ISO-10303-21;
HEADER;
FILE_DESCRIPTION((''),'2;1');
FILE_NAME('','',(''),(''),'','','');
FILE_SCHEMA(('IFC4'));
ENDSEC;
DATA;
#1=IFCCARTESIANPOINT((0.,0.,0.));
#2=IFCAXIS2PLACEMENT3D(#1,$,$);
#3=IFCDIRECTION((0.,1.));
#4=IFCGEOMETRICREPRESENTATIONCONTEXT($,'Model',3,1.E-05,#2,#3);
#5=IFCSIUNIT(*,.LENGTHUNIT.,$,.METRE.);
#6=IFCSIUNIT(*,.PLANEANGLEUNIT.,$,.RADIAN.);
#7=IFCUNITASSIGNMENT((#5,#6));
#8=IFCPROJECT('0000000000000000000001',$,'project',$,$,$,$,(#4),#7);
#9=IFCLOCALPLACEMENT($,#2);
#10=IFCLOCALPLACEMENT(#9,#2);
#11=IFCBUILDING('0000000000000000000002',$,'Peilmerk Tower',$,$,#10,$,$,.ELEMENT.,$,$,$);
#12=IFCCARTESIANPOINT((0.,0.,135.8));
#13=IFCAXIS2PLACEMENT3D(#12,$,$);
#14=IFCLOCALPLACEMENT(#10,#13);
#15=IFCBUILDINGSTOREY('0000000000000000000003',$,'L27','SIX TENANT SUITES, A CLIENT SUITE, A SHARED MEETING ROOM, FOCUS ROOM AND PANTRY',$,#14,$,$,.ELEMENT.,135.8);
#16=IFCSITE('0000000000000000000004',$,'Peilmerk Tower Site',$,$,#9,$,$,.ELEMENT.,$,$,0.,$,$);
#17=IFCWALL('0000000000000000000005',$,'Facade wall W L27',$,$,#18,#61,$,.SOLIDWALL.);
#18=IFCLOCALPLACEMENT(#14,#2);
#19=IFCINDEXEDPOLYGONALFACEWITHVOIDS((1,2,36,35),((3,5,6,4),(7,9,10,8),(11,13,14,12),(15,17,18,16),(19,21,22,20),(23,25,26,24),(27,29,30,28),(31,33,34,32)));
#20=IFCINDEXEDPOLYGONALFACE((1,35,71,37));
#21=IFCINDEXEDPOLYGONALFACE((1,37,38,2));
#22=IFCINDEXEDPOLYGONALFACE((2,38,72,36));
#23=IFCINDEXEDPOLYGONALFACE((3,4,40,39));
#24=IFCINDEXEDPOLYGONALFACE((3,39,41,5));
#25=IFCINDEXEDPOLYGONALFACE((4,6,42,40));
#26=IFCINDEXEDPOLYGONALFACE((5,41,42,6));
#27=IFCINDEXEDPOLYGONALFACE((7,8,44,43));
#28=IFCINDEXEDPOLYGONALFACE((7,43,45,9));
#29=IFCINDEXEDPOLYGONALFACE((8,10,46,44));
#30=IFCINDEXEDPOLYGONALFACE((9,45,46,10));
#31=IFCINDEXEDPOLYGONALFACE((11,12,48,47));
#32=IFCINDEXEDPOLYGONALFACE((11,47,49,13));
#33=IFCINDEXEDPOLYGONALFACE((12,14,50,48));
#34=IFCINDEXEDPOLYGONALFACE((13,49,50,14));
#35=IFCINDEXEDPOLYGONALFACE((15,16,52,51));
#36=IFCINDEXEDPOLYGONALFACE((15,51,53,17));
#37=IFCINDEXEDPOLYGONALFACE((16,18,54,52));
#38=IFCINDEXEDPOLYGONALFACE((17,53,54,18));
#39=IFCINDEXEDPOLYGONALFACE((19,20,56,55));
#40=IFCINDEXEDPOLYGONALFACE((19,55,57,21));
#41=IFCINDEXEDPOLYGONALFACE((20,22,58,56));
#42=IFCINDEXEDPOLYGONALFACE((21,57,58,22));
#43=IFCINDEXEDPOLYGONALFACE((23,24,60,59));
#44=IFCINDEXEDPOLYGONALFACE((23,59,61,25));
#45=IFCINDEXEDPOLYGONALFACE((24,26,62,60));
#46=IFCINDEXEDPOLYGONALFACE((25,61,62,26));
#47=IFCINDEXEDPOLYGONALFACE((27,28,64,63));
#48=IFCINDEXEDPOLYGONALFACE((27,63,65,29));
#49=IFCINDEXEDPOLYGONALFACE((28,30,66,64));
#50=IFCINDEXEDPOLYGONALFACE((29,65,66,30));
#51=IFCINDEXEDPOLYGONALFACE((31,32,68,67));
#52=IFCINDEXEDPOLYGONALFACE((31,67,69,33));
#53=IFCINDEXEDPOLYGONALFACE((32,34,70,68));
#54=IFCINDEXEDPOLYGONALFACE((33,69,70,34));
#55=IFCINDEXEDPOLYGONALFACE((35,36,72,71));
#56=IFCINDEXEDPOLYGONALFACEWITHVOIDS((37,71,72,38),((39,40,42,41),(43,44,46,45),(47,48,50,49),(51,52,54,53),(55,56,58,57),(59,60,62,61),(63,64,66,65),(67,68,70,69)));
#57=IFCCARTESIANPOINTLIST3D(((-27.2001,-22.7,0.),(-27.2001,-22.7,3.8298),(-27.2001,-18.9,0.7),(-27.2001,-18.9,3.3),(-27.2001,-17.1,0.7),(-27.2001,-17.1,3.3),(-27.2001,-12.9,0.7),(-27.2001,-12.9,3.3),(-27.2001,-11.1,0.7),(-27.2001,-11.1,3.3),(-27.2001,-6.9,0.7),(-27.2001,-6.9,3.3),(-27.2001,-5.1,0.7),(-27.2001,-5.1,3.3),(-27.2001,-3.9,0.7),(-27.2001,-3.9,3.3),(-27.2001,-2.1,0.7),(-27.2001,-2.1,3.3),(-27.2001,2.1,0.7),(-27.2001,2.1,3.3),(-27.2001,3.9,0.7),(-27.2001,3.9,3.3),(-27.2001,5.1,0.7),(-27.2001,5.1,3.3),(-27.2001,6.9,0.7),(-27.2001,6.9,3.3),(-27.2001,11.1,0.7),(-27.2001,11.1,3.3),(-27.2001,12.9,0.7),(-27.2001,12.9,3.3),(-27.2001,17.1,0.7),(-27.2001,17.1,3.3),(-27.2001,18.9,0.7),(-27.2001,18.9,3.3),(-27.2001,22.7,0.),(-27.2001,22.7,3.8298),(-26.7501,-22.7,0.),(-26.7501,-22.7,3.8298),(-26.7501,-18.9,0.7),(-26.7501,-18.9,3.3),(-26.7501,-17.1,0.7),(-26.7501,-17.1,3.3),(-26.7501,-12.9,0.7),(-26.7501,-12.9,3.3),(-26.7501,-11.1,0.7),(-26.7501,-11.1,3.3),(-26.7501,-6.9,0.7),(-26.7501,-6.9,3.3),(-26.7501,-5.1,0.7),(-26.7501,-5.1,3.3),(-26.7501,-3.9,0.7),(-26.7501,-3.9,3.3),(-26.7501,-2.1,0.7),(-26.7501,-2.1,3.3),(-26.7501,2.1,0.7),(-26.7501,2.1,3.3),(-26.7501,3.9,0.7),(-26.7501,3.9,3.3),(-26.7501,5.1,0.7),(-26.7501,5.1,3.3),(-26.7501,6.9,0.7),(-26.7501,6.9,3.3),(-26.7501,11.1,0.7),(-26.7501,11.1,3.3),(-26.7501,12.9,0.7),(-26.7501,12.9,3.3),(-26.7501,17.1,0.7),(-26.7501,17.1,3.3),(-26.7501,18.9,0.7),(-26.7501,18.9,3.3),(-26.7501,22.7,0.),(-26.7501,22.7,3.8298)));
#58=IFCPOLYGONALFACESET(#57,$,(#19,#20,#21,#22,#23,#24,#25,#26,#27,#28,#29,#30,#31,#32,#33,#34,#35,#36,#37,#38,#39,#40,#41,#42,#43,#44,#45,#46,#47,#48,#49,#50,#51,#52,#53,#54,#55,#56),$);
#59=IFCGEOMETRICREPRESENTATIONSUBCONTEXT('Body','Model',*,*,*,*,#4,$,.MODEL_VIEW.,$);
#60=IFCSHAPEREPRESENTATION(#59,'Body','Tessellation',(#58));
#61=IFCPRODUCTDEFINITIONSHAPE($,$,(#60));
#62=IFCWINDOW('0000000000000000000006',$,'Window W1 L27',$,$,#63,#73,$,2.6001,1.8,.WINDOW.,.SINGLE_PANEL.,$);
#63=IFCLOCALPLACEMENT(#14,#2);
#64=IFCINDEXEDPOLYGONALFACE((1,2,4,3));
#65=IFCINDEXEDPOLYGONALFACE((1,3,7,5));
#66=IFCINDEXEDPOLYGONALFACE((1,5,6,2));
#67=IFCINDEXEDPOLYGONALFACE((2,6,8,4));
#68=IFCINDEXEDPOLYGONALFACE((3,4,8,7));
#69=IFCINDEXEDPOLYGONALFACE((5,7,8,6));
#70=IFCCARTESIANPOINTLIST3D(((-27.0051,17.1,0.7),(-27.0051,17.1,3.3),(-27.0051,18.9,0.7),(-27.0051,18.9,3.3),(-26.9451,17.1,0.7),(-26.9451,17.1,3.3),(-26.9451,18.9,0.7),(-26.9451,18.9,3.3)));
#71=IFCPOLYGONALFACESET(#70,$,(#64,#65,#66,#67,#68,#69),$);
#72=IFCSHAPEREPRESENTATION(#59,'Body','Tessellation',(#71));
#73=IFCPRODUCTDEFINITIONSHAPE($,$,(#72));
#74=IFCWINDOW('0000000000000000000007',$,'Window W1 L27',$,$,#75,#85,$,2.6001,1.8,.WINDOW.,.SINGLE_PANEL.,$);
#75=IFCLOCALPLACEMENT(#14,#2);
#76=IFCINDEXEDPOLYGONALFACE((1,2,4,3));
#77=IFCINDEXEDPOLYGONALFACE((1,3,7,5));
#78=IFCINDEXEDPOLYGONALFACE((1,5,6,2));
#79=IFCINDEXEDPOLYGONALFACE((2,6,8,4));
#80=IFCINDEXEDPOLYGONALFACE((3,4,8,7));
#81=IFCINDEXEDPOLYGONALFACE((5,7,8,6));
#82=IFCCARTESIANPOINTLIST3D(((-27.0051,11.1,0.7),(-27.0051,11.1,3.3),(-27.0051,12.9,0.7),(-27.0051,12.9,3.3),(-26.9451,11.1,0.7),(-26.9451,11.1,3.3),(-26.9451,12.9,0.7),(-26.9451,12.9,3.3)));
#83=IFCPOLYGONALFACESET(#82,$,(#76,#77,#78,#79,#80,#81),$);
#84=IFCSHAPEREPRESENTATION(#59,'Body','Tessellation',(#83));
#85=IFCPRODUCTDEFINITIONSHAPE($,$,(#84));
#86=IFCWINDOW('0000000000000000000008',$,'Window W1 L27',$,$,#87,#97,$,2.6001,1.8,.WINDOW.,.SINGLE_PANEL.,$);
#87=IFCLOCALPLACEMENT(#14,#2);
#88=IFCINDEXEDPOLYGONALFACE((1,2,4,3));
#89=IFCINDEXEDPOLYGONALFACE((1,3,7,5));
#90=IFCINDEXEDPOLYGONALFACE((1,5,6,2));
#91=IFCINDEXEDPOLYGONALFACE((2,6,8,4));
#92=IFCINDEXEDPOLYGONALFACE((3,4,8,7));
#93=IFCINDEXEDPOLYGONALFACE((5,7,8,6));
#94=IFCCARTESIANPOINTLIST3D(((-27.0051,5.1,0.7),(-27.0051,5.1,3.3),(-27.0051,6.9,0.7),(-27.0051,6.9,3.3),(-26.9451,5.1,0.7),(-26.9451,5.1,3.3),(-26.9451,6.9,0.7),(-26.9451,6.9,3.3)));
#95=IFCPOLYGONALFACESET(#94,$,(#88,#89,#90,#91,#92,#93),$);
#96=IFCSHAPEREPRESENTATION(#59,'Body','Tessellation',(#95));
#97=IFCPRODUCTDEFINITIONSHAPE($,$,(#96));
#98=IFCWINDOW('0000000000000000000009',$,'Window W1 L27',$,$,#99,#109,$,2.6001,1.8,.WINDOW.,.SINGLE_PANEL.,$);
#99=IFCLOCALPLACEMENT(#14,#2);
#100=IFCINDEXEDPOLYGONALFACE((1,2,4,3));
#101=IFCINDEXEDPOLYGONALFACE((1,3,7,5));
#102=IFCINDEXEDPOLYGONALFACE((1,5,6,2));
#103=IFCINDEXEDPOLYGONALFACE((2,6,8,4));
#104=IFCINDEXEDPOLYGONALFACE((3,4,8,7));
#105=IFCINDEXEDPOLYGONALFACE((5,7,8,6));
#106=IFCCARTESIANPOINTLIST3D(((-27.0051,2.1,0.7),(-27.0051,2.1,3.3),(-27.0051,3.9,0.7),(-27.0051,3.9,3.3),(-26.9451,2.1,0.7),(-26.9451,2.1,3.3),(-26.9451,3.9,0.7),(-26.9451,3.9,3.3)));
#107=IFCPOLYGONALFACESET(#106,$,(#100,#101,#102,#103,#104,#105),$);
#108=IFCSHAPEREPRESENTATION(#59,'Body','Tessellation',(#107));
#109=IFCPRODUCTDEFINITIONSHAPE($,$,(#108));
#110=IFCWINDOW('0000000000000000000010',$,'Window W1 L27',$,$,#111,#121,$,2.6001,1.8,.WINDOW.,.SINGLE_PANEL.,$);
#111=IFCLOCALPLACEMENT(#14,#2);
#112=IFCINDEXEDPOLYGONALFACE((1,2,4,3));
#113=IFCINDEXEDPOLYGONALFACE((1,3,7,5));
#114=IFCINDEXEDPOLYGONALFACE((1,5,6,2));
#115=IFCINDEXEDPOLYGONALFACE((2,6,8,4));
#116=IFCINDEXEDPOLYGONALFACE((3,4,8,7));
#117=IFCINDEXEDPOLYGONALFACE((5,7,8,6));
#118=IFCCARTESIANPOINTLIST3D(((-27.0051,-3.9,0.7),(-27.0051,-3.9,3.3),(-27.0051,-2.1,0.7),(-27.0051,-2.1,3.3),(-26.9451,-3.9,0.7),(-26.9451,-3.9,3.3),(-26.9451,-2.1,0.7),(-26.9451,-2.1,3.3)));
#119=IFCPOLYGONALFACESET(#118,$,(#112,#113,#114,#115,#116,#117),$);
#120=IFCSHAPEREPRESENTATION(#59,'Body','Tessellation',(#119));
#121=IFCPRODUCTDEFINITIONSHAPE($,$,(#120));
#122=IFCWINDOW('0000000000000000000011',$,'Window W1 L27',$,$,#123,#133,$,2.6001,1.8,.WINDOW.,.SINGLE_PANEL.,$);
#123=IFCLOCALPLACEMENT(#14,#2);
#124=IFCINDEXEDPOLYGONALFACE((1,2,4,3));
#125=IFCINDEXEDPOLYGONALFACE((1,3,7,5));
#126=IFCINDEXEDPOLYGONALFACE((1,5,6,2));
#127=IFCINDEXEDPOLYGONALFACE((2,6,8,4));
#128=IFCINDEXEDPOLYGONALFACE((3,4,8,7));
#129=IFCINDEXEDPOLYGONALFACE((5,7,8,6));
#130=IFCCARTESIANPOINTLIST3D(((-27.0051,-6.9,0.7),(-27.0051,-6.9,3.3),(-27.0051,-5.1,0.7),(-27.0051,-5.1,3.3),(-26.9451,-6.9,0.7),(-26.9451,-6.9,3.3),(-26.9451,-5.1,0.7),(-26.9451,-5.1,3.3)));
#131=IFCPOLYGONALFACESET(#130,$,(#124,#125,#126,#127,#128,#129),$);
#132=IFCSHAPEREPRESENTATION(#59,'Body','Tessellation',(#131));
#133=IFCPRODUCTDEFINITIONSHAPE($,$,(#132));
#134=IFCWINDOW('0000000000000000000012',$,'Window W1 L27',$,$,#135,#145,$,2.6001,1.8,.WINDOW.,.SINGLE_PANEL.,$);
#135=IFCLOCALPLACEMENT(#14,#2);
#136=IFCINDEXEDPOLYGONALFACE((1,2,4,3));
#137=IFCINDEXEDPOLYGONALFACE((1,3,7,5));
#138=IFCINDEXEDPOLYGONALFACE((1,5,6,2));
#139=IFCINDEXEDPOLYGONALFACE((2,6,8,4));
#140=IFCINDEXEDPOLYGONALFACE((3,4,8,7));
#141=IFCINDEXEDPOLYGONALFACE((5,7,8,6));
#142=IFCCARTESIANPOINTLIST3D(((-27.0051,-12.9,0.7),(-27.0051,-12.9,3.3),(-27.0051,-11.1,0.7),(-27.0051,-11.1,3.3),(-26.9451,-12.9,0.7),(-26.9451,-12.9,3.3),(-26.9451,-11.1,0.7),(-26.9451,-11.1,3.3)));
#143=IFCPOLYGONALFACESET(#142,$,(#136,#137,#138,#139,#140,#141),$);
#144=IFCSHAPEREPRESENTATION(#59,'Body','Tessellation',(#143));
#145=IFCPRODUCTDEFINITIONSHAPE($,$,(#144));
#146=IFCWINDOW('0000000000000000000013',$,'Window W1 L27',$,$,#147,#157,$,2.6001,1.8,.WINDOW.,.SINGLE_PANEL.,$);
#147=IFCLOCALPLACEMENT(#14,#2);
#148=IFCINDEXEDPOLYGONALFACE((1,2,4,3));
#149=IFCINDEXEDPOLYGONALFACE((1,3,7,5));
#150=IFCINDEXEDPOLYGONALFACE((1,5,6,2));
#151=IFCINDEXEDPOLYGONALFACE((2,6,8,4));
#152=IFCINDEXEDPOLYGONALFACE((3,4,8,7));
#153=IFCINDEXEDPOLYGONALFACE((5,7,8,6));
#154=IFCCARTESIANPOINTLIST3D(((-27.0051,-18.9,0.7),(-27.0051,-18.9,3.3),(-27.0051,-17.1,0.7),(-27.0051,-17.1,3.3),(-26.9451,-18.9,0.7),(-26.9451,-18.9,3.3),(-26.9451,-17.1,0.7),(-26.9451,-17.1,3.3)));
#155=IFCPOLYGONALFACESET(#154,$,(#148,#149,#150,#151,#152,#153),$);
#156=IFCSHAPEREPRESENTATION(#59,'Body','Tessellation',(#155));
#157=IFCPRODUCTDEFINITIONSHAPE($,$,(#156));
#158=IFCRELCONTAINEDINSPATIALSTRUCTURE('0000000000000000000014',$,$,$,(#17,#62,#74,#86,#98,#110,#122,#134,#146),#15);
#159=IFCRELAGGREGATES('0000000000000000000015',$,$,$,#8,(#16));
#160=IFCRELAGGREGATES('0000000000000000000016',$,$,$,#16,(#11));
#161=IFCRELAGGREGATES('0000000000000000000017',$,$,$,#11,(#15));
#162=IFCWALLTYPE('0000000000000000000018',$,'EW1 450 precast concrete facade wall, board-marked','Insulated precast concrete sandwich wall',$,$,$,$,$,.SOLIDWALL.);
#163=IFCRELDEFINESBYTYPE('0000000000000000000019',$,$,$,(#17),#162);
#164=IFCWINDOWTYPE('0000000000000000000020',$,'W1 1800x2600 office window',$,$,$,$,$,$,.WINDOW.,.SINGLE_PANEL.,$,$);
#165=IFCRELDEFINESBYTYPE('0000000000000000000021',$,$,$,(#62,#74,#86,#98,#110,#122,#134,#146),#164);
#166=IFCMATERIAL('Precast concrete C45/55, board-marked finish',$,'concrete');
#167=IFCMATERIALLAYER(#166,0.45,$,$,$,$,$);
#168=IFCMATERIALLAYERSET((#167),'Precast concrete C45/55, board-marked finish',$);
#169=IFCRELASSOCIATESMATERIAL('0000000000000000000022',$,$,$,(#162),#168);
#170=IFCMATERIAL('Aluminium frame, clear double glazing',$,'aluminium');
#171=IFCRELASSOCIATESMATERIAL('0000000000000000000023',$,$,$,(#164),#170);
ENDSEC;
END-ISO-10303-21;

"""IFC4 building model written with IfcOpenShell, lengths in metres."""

from ifc_helpers import new_model, si_unit, direction, frame, frame_2d, origin, place, context, subcontext, project, spatial, rectangle, extrude, material, layer, layer_set, type_object, element, fill, save


model = new_model("IFC4")

# Units and contexts
model_context = context("Model", 3, precision=1e-05, world=origin(), true_north=direction((0.0, 1.0)))
body_context = subcontext(model_context, "Body", "Model", "MODEL_VIEW")
ifc_project = project(units=[si_unit("LENGTHUNIT", "METRE"), si_unit("PLANEANGLEUNIT", "RADIAN")], contexts=[model_context])

# Site, building, storey
site_placement = place(None, origin())
site = spatial("IfcSite", under=ifc_project, at=site_placement, Name="Peilmerk Tower Site", CompositionType="ELEMENT", RefElevation=0.0)
building_placement = place(site_placement, origin())
building = spatial("IfcBuilding", under=site, at=building_placement, Name="Peilmerk Tower", CompositionType="ELEMENT")
storey_placement = place(building_placement, frame((0.0, 0.0, 135.8)))
storey = spatial("IfcBuildingStorey", under=building, at=storey_placement, Name="L27", Description="SIX TENANT SUITES, A CLIENT SUITE, A SHARED MEETING ROOM, FOCUS ROOM AND PANTRY", CompositionType="ELEMENT", Elevation=135.8)

# Wall, openings, windows
ifc_material_1 = material(Name="Precast concrete C45/55, board-marked finish", Category="concrete")
ifc_layer_1 = layer(ifc_material_1, 0.45)
ifc_layer_set_1 = layer_set([ifc_layer_1], Name="Precast concrete C45/55, board-marked finish")
wall_type = type_object("IfcWallType", Name="EW1 450 precast concrete facade wall, board-marked", Description="Insulated precast concrete sandwich wall", PredefinedType="SOLIDWALL", material=ifc_layer_set_1)
wall_1_placement = place(storey_placement, frame((-26.9751, 22.7, 0.0), z_axis=(0.0, 0.0, 1.0), x_axis=(0.0, -1.0, 0.0)))
wall_1 = element("IfcWall", 1, at=wall_1_placement, inside=storey, type_object=wall_type, Name="Facade wall W L27", PredefinedType="SOLIDWALL", context=body_context, shape_type="SweptSolid", body=[
    extrude(rectangle(XDim=45.3999, YDim=0.45, at=frame_2d((22.7, 0.0))), origin(), (0.0, 0.0, 1.0), 3.8298),
])
opening_1_placement = place(wall_1_placement, frame((3.8, 0.0, 0.7)))
opening_1 = element("IfcOpeningElement", 2, at=opening_1_placement, cuts=wall_1, PredefinedType="OPENING", context=body_context, shape_type="SweptSolid", body=[
    extrude(rectangle(XDim=1.8, YDim=2.6001, at=frame_2d((0.8999, 1.3))), frame((0.0, 0.2349, 0.0), z_axis=(0.0, -1.0, 0.0), x_axis=(1.0, 0.0, 0.0)), (0.0, 0.0, 1.0), 0.47),
])
opening_2_placement = place(wall_1_placement, frame((9.8, 0.0, 0.7)))
opening_2 = element("IfcOpeningElement", 3, at=opening_2_placement, cuts=wall_1, PredefinedType="OPENING", context=body_context, shape_type="SweptSolid", body=[
    extrude(rectangle(XDim=1.8, YDim=2.6001, at=frame_2d((0.8999, 1.3))), frame((0.0, 0.2349, 0.0), z_axis=(0.0, -1.0, 0.0), x_axis=(1.0, 0.0, 0.0)), (0.0, 0.0, 1.0), 0.47),
])
opening_3_placement = place(wall_1_placement, frame((15.8, 0.0, 0.7)))
opening_3 = element("IfcOpeningElement", 4, at=opening_3_placement, cuts=wall_1, PredefinedType="OPENING", context=body_context, shape_type="SweptSolid", body=[
    extrude(rectangle(XDim=1.8, YDim=2.6001, at=frame_2d((0.8999, 1.3))), frame((0.0, 0.2349, 0.0), z_axis=(0.0, -1.0, 0.0), x_axis=(1.0, 0.0, 0.0)), (0.0, 0.0, 1.0), 0.47),
])
opening_4_placement = place(wall_1_placement, frame((18.8, 0.0, 0.7)))
opening_4 = element("IfcOpeningElement", 5, at=opening_4_placement, cuts=wall_1, PredefinedType="OPENING", context=body_context, shape_type="SweptSolid", body=[
    extrude(rectangle(XDim=1.8, YDim=2.6001, at=frame_2d((0.8999, 1.3))), frame((0.0, 0.2349, 0.0), z_axis=(0.0, -1.0, 0.0), x_axis=(1.0, 0.0, 0.0)), (0.0, 0.0, 1.0), 0.47),
])
opening_5_placement = place(wall_1_placement, frame((24.8, 0.0, 0.7)))
opening_5 = element("IfcOpeningElement", 6, at=opening_5_placement, cuts=wall_1, PredefinedType="OPENING", context=body_context, shape_type="SweptSolid", body=[
    extrude(rectangle(XDim=1.8, YDim=2.6001, at=frame_2d((0.8999, 1.3))), frame((0.0, 0.2349, 0.0), z_axis=(0.0, -1.0, 0.0), x_axis=(1.0, 0.0, 0.0)), (0.0, 0.0, 1.0), 0.47),
])
opening_6_placement = place(wall_1_placement, frame((27.8, 0.0, 0.7)))
opening_6 = element("IfcOpeningElement", 7, at=opening_6_placement, cuts=wall_1, PredefinedType="OPENING", context=body_context, shape_type="SweptSolid", body=[
    extrude(rectangle(XDim=1.8, YDim=2.6001, at=frame_2d((0.8999, 1.3))), frame((0.0, 0.2349, 0.0), z_axis=(0.0, -1.0, 0.0), x_axis=(1.0, 0.0, 0.0)), (0.0, 0.0, 1.0), 0.47),
])
opening_7_placement = place(wall_1_placement, frame((33.8, 0.0, 0.7)))
opening_7 = element("IfcOpeningElement", 8, at=opening_7_placement, cuts=wall_1, PredefinedType="OPENING", context=body_context, shape_type="SweptSolid", body=[
    extrude(rectangle(XDim=1.8, YDim=2.6001, at=frame_2d((0.8999, 1.3))), frame((0.0, 0.2349, 0.0), z_axis=(0.0, -1.0, 0.0), x_axis=(1.0, 0.0, 0.0)), (0.0, 0.0, 1.0), 0.47),
])
opening_8_placement = place(wall_1_placement, frame((39.8, 0.0, 0.7)))
opening_8 = element("IfcOpeningElement", 9, at=opening_8_placement, cuts=wall_1, PredefinedType="OPENING", context=body_context, shape_type="SweptSolid", body=[
    extrude(rectangle(XDim=1.8, YDim=2.6001, at=frame_2d((0.8999, 1.3))), frame((0.0, 0.2349, 0.0), z_axis=(0.0, -1.0, 0.0), x_axis=(1.0, 0.0, 0.0)), (0.0, 0.0, 1.0), 0.47),
])
ifc_material_2 = material(Name="Aluminium frame, clear double glazing", Category="aluminium")
window_type = type_object("IfcWindowType", Name="W1 1800x2600 office window", PartitioningType="SINGLE_PANEL", PredefinedType="WINDOW", material=ifc_material_2)
window_1_placement = place(opening_1_placement, origin())
window_1 = element("IfcWindow", 10, at=window_1_placement, inside=storey, type_object=window_type, Name="Window W1 L27", OverallHeight=2.6001, OverallWidth=1.8, PartitioningType="SINGLE_PANEL", PredefinedType="WINDOW", context=body_context, shape_type="SweptSolid", body=[
    extrude(rectangle(XDim=1.8, YDim=2.6001, at=frame_2d((0.8999, 1.3))), frame((0.0, 0.03, 0.0), z_axis=(0.0, -1.0, 0.0), x_axis=(1.0, 0.0, 0.0)), (0.0, 0.0, 1.0), 0.0601),
])
fill(opening_1, window_1)
window_2_placement = place(opening_2_placement, origin())
window_2 = element("IfcWindow", 11, at=window_2_placement, inside=storey, type_object=window_type, Name="Window W1 L27", OverallHeight=2.6001, OverallWidth=1.8, PartitioningType="SINGLE_PANEL", PredefinedType="WINDOW", context=body_context, shape_type="SweptSolid", body=[
    extrude(rectangle(XDim=1.8, YDim=2.6001, at=frame_2d((0.8999, 1.3))), frame((0.0, 0.03, 0.0), z_axis=(0.0, -1.0, 0.0), x_axis=(1.0, 0.0, 0.0)), (0.0, 0.0, 1.0), 0.0601),
])
fill(opening_2, window_2)
window_3_placement = place(opening_3_placement, origin())
window_3 = element("IfcWindow", 12, at=window_3_placement, inside=storey, type_object=window_type, Name="Window W1 L27", OverallHeight=2.6001, OverallWidth=1.8, PartitioningType="SINGLE_PANEL", PredefinedType="WINDOW", context=body_context, shape_type="SweptSolid", body=[
    extrude(rectangle(XDim=1.8, YDim=2.6001, at=frame_2d((0.8999, 1.3))), frame((0.0, 0.03, 0.0), z_axis=(0.0, -1.0, 0.0), x_axis=(1.0, 0.0, 0.0)), (0.0, 0.0, 1.0), 0.0601),
])
fill(opening_3, window_3)
window_4_placement = place(opening_4_placement, origin())
window_4 = element("IfcWindow", 13, at=window_4_placement, inside=storey, type_object=window_type, Name="Window W1 L27", OverallHeight=2.6001, OverallWidth=1.8, PartitioningType="SINGLE_PANEL", PredefinedType="WINDOW", context=body_context, shape_type="SweptSolid", body=[
    extrude(rectangle(XDim=1.8, YDim=2.6001, at=frame_2d((0.8999, 1.3))), frame((0.0, 0.03, 0.0), z_axis=(0.0, -1.0, 0.0), x_axis=(1.0, 0.0, 0.0)), (0.0, 0.0, 1.0), 0.0601),
])
fill(opening_4, window_4)
window_5_placement = place(opening_5_placement, origin())
window_5 = element("IfcWindow", 14, at=window_5_placement, inside=storey, type_object=window_type, Name="Window W1 L27", OverallHeight=2.6001, OverallWidth=1.8, PartitioningType="SINGLE_PANEL", PredefinedType="WINDOW", context=body_context, shape_type="SweptSolid", body=[
    extrude(rectangle(XDim=1.8, YDim=2.6001, at=frame_2d((0.8999, 1.3))), frame((0.0, 0.03, 0.0), z_axis=(0.0, -1.0, 0.0), x_axis=(1.0, 0.0, 0.0)), (0.0, 0.0, 1.0), 0.0601),
])
fill(opening_5, window_5)
window_6_placement = place(opening_6_placement, origin())
window_6 = element("IfcWindow", 15, at=window_6_placement, inside=storey, type_object=window_type, Name="Window W1 L27", OverallHeight=2.6001, OverallWidth=1.8, PartitioningType="SINGLE_PANEL", PredefinedType="WINDOW", context=body_context, shape_type="SweptSolid", body=[
    extrude(rectangle(XDim=1.8, YDim=2.6001, at=frame_2d((0.8999, 1.3))), frame((0.0, 0.03, 0.0), z_axis=(0.0, -1.0, 0.0), x_axis=(1.0, 0.0, 0.0)), (0.0, 0.0, 1.0), 0.0601),
])
fill(opening_6, window_6)
window_7_placement = place(opening_7_placement, origin())
window_7 = element("IfcWindow", 16, at=window_7_placement, inside=storey, type_object=window_type, Name="Window W1 L27", OverallHeight=2.6001, OverallWidth=1.8, PartitioningType="SINGLE_PANEL", PredefinedType="WINDOW", context=body_context, shape_type="SweptSolid", body=[
    extrude(rectangle(XDim=1.8, YDim=2.6001, at=frame_2d((0.8999, 1.3))), frame((0.0, 0.03, 0.0), z_axis=(0.0, -1.0, 0.0), x_axis=(1.0, 0.0, 0.0)), (0.0, 0.0, 1.0), 0.0601),
])
fill(opening_7, window_7)
window_8_placement = place(opening_8_placement, origin())
window_8 = element("IfcWindow", 17, at=window_8_placement, inside=storey, type_object=window_type, Name="Window W1 L27", OverallHeight=2.6001, OverallWidth=1.8, PartitioningType="SINGLE_PANEL", PredefinedType="WINDOW", context=body_context, shape_type="SweptSolid", body=[
    extrude(rectangle(XDim=1.8, YDim=2.6001, at=frame_2d((0.8999, 1.3))), frame((0.0, 0.03, 0.0), z_axis=(0.0, -1.0, 0.0), x_axis=(1.0, 0.0, 0.0)), (0.0, 0.0, 1.0), 0.0601),
])
fill(opening_8, window_8)

save(model, "model.ifc")
